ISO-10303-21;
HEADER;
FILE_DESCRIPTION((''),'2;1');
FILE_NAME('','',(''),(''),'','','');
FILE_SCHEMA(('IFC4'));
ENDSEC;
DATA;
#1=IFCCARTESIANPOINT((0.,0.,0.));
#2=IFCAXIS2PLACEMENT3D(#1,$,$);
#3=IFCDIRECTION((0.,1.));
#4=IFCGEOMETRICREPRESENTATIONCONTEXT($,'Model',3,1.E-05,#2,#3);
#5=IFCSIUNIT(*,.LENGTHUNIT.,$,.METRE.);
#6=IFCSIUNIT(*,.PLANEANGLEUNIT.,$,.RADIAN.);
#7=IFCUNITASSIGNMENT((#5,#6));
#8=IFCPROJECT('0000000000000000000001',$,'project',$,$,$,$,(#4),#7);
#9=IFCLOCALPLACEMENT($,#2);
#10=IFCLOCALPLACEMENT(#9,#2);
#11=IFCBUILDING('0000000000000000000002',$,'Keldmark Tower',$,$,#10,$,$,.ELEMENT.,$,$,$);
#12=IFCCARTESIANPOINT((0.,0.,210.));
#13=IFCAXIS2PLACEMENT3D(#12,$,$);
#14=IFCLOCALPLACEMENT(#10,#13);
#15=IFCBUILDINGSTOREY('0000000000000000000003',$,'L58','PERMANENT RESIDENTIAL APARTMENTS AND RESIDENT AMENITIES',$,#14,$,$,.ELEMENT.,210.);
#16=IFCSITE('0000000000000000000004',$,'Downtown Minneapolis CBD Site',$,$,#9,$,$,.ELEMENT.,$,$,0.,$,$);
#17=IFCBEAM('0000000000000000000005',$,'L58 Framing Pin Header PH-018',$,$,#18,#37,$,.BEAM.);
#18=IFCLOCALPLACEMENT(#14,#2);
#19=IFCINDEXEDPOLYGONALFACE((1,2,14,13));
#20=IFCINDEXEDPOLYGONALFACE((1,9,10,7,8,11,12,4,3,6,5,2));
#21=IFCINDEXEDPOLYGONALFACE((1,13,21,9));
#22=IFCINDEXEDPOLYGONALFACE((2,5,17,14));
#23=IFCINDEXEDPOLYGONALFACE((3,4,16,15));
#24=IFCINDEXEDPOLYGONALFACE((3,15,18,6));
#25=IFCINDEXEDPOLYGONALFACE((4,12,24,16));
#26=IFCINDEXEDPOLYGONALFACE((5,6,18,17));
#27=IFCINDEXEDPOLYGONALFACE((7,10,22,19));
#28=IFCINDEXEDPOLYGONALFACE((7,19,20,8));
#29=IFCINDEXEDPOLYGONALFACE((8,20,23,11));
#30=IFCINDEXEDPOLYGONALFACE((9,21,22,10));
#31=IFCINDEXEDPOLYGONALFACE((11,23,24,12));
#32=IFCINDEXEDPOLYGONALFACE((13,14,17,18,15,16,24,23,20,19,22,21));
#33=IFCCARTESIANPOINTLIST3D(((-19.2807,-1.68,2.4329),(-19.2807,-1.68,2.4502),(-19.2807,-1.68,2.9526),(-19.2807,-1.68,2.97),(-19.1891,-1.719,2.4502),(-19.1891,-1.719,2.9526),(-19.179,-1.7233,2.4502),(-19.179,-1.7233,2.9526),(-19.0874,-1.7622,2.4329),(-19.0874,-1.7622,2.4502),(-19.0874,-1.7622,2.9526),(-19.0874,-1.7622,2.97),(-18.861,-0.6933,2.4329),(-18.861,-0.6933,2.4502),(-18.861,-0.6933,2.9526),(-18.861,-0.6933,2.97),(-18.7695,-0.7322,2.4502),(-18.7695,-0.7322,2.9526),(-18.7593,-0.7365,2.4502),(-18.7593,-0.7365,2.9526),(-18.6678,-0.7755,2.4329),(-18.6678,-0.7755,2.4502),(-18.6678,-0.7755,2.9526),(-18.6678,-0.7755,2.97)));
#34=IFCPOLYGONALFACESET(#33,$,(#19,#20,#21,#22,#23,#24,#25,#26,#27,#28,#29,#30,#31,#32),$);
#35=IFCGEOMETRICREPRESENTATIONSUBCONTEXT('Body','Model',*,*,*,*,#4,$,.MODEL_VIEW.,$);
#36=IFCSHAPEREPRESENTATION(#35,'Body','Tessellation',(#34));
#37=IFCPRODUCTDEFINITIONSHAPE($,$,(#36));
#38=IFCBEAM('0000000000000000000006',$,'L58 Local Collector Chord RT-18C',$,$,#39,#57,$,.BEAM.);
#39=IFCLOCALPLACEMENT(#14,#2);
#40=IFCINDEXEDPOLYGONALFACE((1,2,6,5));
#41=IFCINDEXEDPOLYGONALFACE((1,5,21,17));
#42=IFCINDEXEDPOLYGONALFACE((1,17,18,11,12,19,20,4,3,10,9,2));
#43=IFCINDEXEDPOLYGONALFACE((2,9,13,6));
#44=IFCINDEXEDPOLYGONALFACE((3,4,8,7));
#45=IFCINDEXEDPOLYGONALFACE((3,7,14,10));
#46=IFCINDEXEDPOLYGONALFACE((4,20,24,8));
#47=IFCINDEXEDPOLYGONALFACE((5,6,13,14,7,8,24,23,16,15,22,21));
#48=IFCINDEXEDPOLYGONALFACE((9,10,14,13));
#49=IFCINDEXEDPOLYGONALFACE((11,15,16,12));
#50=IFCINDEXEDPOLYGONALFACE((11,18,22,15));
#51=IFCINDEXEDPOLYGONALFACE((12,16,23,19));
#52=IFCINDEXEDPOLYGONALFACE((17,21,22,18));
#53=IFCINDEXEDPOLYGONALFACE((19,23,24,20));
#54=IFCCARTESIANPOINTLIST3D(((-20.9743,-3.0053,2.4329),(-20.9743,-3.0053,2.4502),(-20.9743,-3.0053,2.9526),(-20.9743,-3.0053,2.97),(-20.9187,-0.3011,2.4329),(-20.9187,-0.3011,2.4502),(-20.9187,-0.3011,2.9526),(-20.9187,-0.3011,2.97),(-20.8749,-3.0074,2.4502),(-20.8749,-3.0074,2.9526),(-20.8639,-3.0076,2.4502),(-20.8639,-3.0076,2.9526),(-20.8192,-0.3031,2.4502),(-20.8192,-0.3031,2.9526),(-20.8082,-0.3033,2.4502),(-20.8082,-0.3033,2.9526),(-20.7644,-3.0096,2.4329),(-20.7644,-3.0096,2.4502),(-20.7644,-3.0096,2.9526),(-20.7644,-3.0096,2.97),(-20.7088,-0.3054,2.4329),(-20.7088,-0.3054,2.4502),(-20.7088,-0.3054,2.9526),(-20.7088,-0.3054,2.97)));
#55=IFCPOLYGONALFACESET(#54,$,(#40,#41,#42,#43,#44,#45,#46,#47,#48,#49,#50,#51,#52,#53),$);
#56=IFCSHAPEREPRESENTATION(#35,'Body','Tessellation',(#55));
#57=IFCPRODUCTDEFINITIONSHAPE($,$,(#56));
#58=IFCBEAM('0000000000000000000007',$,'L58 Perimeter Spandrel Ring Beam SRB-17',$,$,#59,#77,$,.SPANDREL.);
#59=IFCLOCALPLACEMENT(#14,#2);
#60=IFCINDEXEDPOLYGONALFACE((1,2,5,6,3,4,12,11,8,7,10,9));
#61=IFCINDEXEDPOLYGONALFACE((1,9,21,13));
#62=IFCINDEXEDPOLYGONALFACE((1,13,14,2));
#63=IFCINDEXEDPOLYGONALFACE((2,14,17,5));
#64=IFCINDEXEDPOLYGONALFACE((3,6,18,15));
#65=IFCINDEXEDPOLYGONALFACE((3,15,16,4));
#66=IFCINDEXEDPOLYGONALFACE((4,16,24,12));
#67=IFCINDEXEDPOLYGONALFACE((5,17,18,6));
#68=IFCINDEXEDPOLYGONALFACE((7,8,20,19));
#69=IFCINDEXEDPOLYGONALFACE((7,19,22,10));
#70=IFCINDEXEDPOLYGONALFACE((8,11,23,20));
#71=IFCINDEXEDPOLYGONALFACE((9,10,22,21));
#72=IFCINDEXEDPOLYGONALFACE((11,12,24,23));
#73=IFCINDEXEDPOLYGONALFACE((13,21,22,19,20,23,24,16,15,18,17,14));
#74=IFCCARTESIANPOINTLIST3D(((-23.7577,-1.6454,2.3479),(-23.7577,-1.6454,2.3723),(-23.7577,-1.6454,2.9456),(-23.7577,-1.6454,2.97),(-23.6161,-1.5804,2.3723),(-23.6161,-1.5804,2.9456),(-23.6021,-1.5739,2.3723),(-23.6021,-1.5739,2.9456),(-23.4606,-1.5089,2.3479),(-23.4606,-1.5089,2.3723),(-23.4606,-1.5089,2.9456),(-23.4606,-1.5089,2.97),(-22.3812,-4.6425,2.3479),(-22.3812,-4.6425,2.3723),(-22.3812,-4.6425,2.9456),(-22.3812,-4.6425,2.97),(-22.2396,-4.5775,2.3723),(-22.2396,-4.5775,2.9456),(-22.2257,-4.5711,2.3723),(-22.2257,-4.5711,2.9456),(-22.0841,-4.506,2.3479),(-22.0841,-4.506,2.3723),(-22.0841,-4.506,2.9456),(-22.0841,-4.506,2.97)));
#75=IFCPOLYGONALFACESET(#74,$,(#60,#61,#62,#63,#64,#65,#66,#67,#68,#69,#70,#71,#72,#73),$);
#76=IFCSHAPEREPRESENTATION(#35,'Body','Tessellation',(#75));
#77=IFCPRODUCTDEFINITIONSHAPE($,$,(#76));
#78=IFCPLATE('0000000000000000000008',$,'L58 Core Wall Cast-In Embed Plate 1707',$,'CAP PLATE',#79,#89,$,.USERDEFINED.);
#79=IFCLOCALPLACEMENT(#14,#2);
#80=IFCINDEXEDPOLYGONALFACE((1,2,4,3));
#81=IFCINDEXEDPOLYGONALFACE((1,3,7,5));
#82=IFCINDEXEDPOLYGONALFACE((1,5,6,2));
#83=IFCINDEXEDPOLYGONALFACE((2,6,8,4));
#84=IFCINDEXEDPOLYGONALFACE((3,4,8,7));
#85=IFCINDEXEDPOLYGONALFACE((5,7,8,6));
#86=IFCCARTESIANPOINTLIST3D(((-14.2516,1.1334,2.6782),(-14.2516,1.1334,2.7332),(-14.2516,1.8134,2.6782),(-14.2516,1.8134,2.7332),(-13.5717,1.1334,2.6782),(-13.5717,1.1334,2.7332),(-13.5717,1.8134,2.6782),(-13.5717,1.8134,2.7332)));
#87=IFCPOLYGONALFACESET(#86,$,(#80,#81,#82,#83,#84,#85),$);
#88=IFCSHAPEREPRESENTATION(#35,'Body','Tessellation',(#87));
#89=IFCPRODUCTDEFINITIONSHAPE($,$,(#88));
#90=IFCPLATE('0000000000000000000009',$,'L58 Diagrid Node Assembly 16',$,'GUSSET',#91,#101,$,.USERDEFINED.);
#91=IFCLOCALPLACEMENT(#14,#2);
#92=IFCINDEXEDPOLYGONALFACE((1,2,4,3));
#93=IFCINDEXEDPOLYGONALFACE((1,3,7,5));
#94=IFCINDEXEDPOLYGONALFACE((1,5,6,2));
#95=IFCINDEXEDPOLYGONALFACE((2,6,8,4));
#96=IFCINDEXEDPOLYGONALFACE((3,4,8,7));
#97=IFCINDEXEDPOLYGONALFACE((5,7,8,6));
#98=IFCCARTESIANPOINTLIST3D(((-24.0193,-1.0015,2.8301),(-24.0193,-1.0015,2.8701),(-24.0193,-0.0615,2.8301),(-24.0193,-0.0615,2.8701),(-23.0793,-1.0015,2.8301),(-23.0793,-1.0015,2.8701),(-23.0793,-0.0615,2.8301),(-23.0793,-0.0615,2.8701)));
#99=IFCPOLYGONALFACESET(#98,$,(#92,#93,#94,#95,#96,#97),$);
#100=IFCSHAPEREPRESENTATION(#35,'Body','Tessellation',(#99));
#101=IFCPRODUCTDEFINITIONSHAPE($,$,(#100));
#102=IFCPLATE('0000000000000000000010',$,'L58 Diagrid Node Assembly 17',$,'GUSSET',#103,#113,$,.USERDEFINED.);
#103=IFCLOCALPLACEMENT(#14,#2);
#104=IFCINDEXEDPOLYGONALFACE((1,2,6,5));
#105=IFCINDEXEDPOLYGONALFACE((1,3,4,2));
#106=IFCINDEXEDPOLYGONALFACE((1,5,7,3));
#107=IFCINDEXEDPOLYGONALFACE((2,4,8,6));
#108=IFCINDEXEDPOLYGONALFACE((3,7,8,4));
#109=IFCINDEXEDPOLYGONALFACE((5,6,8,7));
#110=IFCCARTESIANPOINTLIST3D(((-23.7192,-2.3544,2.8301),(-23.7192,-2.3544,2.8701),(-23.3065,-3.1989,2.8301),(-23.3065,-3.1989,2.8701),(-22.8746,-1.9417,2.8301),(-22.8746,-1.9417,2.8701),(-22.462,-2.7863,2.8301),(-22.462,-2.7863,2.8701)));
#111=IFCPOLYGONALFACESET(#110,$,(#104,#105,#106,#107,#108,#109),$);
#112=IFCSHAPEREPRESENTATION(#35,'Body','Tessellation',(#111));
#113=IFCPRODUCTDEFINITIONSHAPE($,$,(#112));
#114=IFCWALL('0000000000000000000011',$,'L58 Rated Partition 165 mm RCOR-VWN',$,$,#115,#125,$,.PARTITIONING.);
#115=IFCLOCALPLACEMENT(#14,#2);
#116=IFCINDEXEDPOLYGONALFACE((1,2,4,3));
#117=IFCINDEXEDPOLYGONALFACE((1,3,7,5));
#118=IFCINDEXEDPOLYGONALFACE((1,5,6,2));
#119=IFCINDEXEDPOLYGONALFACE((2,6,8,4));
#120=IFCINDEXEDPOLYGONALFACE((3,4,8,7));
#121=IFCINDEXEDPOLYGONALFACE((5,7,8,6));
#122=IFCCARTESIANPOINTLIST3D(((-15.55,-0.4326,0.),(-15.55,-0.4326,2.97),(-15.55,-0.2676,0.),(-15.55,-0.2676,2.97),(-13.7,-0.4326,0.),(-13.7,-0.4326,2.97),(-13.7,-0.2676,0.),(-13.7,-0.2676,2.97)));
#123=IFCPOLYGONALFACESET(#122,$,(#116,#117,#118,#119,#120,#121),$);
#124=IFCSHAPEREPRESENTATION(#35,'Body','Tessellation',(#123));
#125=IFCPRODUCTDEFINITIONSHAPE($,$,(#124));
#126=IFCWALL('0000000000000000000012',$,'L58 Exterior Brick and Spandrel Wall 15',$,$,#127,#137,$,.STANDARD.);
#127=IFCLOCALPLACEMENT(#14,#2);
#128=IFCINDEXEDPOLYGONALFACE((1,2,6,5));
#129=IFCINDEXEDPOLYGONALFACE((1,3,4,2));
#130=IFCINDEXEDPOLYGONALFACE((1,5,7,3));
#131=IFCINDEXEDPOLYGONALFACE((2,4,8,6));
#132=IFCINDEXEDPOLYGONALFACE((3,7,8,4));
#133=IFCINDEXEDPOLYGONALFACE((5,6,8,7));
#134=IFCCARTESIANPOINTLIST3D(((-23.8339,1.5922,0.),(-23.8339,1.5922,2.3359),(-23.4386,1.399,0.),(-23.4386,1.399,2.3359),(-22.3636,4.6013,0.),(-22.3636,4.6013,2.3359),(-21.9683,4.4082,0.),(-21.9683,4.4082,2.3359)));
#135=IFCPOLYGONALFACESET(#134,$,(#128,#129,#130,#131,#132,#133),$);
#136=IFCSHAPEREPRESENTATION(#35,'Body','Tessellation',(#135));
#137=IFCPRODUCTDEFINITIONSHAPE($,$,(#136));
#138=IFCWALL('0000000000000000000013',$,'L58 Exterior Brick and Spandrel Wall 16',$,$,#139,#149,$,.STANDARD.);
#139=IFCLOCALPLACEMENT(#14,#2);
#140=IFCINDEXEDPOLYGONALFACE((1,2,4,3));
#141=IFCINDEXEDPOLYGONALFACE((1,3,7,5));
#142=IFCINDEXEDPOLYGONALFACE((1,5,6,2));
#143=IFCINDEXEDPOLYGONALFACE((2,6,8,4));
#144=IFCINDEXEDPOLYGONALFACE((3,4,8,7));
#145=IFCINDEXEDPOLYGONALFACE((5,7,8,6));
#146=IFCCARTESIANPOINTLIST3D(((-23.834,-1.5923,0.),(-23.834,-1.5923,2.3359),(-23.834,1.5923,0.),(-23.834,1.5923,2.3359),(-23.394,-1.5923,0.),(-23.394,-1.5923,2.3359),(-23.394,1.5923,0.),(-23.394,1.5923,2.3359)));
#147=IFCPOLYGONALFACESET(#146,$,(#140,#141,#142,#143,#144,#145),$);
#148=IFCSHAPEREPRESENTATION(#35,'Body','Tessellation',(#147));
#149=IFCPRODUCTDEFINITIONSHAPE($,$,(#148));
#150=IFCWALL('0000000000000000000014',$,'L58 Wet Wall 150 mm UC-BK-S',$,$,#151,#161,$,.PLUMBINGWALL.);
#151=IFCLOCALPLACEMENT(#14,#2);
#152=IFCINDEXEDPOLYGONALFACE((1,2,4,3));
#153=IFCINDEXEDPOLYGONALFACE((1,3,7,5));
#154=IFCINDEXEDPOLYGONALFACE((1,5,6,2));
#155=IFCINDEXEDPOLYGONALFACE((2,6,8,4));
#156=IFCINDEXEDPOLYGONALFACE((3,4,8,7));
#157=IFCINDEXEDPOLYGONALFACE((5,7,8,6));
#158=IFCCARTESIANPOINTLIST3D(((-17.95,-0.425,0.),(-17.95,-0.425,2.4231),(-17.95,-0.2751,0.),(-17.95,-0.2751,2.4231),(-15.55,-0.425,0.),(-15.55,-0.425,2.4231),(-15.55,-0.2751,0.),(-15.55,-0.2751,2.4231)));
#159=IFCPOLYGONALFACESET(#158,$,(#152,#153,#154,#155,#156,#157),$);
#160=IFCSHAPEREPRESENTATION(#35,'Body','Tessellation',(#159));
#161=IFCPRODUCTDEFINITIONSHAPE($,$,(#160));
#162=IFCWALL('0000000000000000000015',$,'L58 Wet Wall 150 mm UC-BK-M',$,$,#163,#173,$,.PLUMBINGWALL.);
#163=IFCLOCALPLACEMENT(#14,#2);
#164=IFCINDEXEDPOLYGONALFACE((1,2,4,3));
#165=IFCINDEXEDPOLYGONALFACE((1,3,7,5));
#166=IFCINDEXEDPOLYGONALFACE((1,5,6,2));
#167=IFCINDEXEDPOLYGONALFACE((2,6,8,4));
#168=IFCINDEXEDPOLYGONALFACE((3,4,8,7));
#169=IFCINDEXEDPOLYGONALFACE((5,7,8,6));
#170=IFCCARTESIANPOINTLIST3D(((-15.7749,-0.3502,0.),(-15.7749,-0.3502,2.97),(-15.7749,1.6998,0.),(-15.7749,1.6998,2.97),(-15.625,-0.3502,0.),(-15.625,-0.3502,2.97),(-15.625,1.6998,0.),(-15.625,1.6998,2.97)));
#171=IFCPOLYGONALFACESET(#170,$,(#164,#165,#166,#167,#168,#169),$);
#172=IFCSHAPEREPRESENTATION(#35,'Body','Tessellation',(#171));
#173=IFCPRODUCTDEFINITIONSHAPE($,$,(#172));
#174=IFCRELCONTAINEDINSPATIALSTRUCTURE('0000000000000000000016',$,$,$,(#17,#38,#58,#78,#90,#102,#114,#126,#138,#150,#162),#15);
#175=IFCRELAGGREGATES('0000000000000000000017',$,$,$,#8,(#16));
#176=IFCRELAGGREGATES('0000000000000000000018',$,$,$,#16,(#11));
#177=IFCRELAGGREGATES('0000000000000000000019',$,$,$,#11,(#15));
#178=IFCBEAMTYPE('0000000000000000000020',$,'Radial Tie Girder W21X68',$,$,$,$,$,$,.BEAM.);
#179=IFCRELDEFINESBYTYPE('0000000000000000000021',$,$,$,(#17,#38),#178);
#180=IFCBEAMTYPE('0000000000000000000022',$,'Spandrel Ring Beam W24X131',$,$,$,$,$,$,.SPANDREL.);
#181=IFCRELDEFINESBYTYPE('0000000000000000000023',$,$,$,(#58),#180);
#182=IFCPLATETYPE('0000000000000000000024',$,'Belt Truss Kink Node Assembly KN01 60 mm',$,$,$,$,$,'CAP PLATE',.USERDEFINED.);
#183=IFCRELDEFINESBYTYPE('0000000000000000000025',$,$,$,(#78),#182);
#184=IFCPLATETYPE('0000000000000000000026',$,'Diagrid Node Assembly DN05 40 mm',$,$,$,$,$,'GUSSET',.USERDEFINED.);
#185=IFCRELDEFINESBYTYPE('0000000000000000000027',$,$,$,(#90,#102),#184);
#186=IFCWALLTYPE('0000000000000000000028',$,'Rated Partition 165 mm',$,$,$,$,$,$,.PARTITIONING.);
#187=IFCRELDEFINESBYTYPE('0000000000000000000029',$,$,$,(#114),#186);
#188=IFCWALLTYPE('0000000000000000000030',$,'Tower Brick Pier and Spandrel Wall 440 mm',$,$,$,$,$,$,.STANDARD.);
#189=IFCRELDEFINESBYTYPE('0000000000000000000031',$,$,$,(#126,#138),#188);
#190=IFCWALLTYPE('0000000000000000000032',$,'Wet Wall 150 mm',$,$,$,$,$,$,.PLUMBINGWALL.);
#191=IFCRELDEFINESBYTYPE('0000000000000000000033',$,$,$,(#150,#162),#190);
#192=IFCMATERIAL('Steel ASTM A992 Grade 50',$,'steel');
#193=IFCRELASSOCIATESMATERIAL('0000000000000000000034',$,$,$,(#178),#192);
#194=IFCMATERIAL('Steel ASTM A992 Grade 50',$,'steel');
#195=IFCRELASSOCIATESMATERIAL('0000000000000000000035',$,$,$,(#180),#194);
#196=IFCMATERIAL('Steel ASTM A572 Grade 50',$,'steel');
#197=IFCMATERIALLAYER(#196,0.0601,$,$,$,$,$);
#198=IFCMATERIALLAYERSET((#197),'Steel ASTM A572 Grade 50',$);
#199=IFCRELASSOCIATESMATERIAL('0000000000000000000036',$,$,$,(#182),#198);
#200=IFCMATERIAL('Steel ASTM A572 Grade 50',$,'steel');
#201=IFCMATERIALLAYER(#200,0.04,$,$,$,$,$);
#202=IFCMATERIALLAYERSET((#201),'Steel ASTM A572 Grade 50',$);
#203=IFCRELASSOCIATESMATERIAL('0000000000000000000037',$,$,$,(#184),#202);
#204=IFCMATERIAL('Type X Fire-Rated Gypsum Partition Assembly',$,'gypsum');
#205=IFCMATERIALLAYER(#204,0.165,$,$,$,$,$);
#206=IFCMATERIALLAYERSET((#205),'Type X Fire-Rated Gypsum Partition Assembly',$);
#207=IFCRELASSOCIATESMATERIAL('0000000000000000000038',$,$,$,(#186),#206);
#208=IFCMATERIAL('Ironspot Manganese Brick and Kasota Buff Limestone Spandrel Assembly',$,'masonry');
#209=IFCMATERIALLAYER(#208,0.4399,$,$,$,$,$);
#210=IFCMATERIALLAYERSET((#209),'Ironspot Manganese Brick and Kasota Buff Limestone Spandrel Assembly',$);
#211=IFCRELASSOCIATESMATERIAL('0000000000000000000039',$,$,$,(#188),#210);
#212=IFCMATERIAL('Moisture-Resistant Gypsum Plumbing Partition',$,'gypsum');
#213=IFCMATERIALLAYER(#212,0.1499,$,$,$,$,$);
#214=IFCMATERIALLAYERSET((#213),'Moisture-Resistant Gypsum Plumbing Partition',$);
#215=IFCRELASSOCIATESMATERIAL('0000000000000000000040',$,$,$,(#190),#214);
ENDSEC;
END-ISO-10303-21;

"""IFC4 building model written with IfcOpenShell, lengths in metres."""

from ifc_helpers import new_model, si_unit, direction, frame, frame_2d, origin, origin_2d, place, context, subcontext, project, spatial, rectangle, i_section, extrude, material, layer, layer_set, material_profile, profile_set, type_object, element, save


model = new_model("IFC4")

# Units and contexts
model_context = context("Model", 3, precision=1e-05, world=origin(), true_north=direction((0.0, 1.0)))
body_context = subcontext(model_context, "Body", "Model", "MODEL_VIEW")
ifc_project = project(units=[si_unit("LENGTHUNIT", "METRE"), si_unit("PLANEANGLEUNIT", "RADIAN")], contexts=[model_context])

# Site, building, storey
site_placement = place(None, origin())
site = spatial("IfcSite", under=ifc_project, at=site_placement, Name="Downtown Minneapolis CBD Site", CompositionType="ELEMENT", RefElevation=0.0)
building_placement = place(site_placement, origin())
building = spatial("IfcBuilding", under=site, at=building_placement, Name="Keldmark Tower", CompositionType="ELEMENT")
storey_placement = place(building_placement, frame((0.0, 0.0, 210.0)))
storey = spatial("IfcBuildingStorey", under=building, at=storey_placement, Name="L58", Description="PERMANENT RESIDENTIAL APARTMENTS AND RESIDENT AMENITIES", CompositionType="ELEMENT", Elevation=210.0)

# Beams
ifc_material_1 = material(Name="Steel ASTM A992 Grade 50", Category="steel")
ifc_material_profile_1 = material_profile(ifc_material_1, i_section(OverallWidth=0.21, OverallDepth=0.5371, WebThickness=0.011, FlangeThickness=0.0173, at=origin_2d()), Name="W21X68")
ifc_profile_set_1 = profile_set([ifc_material_profile_1], Name="Steel ASTM A992 Grade 50")
beam_type_1 = type_object("IfcBeamType", Name="Radial Tie Girder W21X68", PredefinedType="BEAM", material=ifc_profile_set_1)
beam_1_placement = place(storey_placement, frame((-18.7644, -0.7344, 2.7014), z_axis=(-0.391362, -0.920237, 0.0), x_axis=(0.920237, -0.391362, 0.0)))
element("IfcBeam", 1, at=beam_1_placement, inside=storey, type_object=beam_type_1, Name="L58 Framing Pin Header PH-018", PredefinedType="BEAM", context=body_context, shape_type="SweptSolid", body=[
    extrude(i_section(OverallWidth=0.21, OverallDepth=0.5371, WebThickness=0.011, FlangeThickness=0.0173, at=origin_2d()), origin(), (0.0, 0.0, 1.0), 1.0723),
])
beam_2_placement = place(storey_placement, frame((-20.8137, -0.3032, 2.7014), z_axis=(-0.020579, -0.999788, 0.0), x_axis=(0.999788, -0.020579, 0.0)))
element("IfcBeam", 2, at=beam_2_placement, inside=storey, type_object=beam_type_1, Name="L58 Local Collector Chord RT-18C", PredefinedType="BEAM", context=body_context, shape_type="SweptSolid", body=[
    extrude(i_section(OverallWidth=0.21, OverallDepth=0.5371, WebThickness=0.011, FlangeThickness=0.0173, at=origin_2d()), origin(), (0.0, 0.0, 1.0), 2.7048),
])
ifc_material_2 = material(Name="Steel ASTM A992 Grade 50", Category="steel")
ifc_material_profile_2 = material_profile(ifc_material_2, i_section(OverallWidth=0.3269, OverallDepth=0.6221, WebThickness=0.0154, FlangeThickness=0.0244, at=origin_2d()), Name="W24X131")
ifc_profile_set_2 = profile_set([ifc_material_profile_2], Name="Steel ASTM A992 Grade 50")
beam_type_2 = type_object("IfcBeamType", Name="Spandrel Ring Beam W24X131", PredefinedType="SPANDREL", material=ifc_profile_set_2)
beam_3_placement = place(storey_placement, frame((-23.6091, -1.5771, 2.6589), z_axis=(0.417358, -0.908742, 0.0), x_axis=(0.908742, 0.417358, 0.0)))
element("IfcBeam", 3, at=beam_3_placement, inside=storey, type_object=beam_type_2, Name="L58 Perimeter Spandrel Ring Beam SRB-17", PredefinedType="SPANDREL", context=body_context, shape_type="SweptSolid", body=[
    extrude(i_section(OverallWidth=0.3269, OverallDepth=0.6221, WebThickness=0.0154, FlangeThickness=0.0244, at=origin_2d()), origin(), (0.0, 0.0, 1.0), 3.2981),
])

# Plates
ifc_material_3 = material(Name="Steel ASTM A572 Grade 50", Category="steel")
ifc_layer_1 = layer(ifc_material_3, 0.0601)
ifc_layer_set_1 = layer_set([ifc_layer_1], Name="Steel ASTM A572 Grade 50")
plate_type_1 = type_object("IfcPlateType", Name="Belt Truss Kink Node Assembly KN01 60 mm", ElementType="CAP PLATE", PredefinedType="USERDEFINED", material=ifc_layer_set_1)
plate_placement = place(storey_placement, frame((-13.9116, 1.4734, 2.6782), z_axis=(0.0, 0.0, 1.0), x_axis=(1.0, 0.0, 0.0)))
element("IfcPlate", 4, at=plate_placement, inside=storey, type_object=plate_type_1, Name="L58 Core Wall Cast-In Embed Plate 1707", ObjectType="CAP PLATE", PredefinedType="USERDEFINED", context=body_context, shape_type="SweptSolid", body=[
    extrude(rectangle(XDim=0.6799, YDim=0.6799, at=origin_2d()), origin(), (0.0, 0.0, 1.0), 0.0549),
])
ifc_material_4 = material(Name="Steel ASTM A572 Grade 50", Category="steel")
ifc_layer_2 = layer(ifc_material_4, 0.04)
ifc_layer_set_2 = layer_set([ifc_layer_2], Name="Steel ASTM A572 Grade 50")
plate_type_2 = type_object("IfcPlateType", Name="Diagrid Node Assembly DN05 40 mm", ElementType="GUSSET", PredefinedType="USERDEFINED", material=ifc_layer_set_2)
for number, where, z_axis, x_axis, name in (
    (5, (-23.5493, -0.5315, 2.8301), (0.0, 0.0, 1.0), (0.0, -1.0, 0.0), "L58 Diagrid Node Assembly 16"),
    (6, (-23.0906, -2.5703, 2.8301), (0.0, 0.0, 1.0), (0.438999, -0.898488, 0.0), "L58 Diagrid Node Assembly 17"),
):
    element("IfcPlate", number, at=place(storey_placement, frame(where, z_axis=z_axis, x_axis=x_axis)), inside=storey, type_object=plate_type_2, Name=name, ObjectType="GUSSET", PredefinedType="USERDEFINED", context=body_context, shape_type="SweptSolid", body=[
        extrude(rectangle(XDim=0.9399, YDim=0.9399, at=origin_2d()), origin(), (0.0, 0.0, 1.0), 0.04),
    ])

# Walls
ifc_material_5 = material(Name="Type X Fire-Rated Gypsum Partition Assembly", Category="gypsum")
ifc_layer_3 = layer(ifc_material_5, 0.165)
ifc_layer_set_3 = layer_set([ifc_layer_3], Name="Type X Fire-Rated Gypsum Partition Assembly")
wall_type_1 = type_object("IfcWallType", Name="Rated Partition 165 mm", PredefinedType="PARTITIONING", material=ifc_layer_set_3)
wall_1_placement = place(storey_placement, frame((-15.55, -0.3501, 0.0), z_axis=(0.0, 0.0, 1.0), x_axis=(1.0, 0.0, 0.0)))
element("IfcWall", 7, at=wall_1_placement, inside=storey, type_object=wall_type_1, Name="L58 Rated Partition 165 mm RCOR-VWN", PredefinedType="PARTITIONING", context=body_context, shape_type="SweptSolid", body=[
    extrude(rectangle(XDim=1.8501, YDim=0.165, at=frame_2d((0.925, 0.0))), origin(), (0.0, 0.0, 1.0), 2.97),
])
ifc_material_6 = material(Name="Ironspot Manganese Brick and Kasota Buff Limestone Spandrel Assembly", Category="masonry")
ifc_layer_4 = layer(ifc_material_6, 0.4399)
ifc_layer_set_4 = layer_set([ifc_layer_4], Name="Ironspot Manganese Brick and Kasota Buff Limestone Spandrel Assembly")
wall_type_2 = type_object("IfcWallType", Name="Tower Brick Pier and Spandrel Wall 440 mm", PredefinedType="STANDARD", material=ifc_layer_set_4)
wall_2_placement = place(storey_placement, frame((-23.6362, 1.4956, 0.0), z_axis=(0.0, 0.0, 1.0), x_axis=(0.439001, 0.898487, 0.0)))
element("IfcWall", 8, at=wall_2_placement, inside=storey, type_object=wall_type_2, Name="L58 Exterior Brick and Spandrel Wall 15", PredefinedType="STANDARD", context=body_context, shape_type="SweptSolid", body=[
    extrude(rectangle(XDim=3.3491, YDim=0.4399, at=frame_2d((1.6746, 0.0))), origin(), (0.0, 0.0, 1.0), 2.3359),
])
wall_3_placement = place(storey_placement, frame((-23.614, -1.5923, 0.0), z_axis=(0.0, 0.0, 1.0), x_axis=(0.0, 1.0, 0.0)))
element("IfcWall", 9, at=wall_3_placement, inside=storey, type_object=wall_type_2, Name="L58 Exterior Brick and Spandrel Wall 16", PredefinedType="STANDARD", context=body_context, shape_type="SweptSolid", body=[
    extrude(rectangle(XDim=3.1846, YDim=0.4399, at=frame_2d((1.5923, 0.0))), origin(), (0.0, 0.0, 1.0), 2.3359),
])
ifc_material_7 = material(Name="Moisture-Resistant Gypsum Plumbing Partition", Category="gypsum")
ifc_layer_5 = layer(ifc_material_7, 0.1499)
ifc_layer_set_5 = layer_set([ifc_layer_5], Name="Moisture-Resistant Gypsum Plumbing Partition")
wall_type_3 = type_object("IfcWallType", Name="Wet Wall 150 mm", PredefinedType="PLUMBINGWALL", material=ifc_layer_set_5)
wall_4_placement = place(storey_placement, frame((-17.95, -0.3501, 0.0), z_axis=(0.0, 0.0, 1.0), x_axis=(1.0, 0.0, 0.0)))
element("IfcWall", 10, at=wall_4_placement, inside=storey, type_object=wall_type_3, Name="L58 Wet Wall 150 mm UC-BK-S", PredefinedType="PLUMBINGWALL", context=body_context, shape_type="SweptSolid", body=[
    extrude(rectangle(XDim=2.3999, YDim=0.1499, at=frame_2d((1.2, 0.0))), origin(), (0.0, 0.0, 1.0), 2.4231),
])
wall_5_placement = place(storey_placement, frame((-15.7, -0.3501, 0.0), z_axis=(0.0, 0.0, 1.0), x_axis=(0.0, 1.0, 0.0)))
element("IfcWall", 11, at=wall_5_placement, inside=storey, type_object=wall_type_3, Name="L58 Wet Wall 150 mm UC-BK-M", PredefinedType="PLUMBINGWALL", context=body_context, shape_type="SweptSolid", body=[
    extrude(rectangle(XDim=2.05, YDim=0.1499, at=frame_2d((1.0249, 0.0))), origin(), (0.0, 0.0, 1.0), 2.97),
])

save(model, "model.ifc")
